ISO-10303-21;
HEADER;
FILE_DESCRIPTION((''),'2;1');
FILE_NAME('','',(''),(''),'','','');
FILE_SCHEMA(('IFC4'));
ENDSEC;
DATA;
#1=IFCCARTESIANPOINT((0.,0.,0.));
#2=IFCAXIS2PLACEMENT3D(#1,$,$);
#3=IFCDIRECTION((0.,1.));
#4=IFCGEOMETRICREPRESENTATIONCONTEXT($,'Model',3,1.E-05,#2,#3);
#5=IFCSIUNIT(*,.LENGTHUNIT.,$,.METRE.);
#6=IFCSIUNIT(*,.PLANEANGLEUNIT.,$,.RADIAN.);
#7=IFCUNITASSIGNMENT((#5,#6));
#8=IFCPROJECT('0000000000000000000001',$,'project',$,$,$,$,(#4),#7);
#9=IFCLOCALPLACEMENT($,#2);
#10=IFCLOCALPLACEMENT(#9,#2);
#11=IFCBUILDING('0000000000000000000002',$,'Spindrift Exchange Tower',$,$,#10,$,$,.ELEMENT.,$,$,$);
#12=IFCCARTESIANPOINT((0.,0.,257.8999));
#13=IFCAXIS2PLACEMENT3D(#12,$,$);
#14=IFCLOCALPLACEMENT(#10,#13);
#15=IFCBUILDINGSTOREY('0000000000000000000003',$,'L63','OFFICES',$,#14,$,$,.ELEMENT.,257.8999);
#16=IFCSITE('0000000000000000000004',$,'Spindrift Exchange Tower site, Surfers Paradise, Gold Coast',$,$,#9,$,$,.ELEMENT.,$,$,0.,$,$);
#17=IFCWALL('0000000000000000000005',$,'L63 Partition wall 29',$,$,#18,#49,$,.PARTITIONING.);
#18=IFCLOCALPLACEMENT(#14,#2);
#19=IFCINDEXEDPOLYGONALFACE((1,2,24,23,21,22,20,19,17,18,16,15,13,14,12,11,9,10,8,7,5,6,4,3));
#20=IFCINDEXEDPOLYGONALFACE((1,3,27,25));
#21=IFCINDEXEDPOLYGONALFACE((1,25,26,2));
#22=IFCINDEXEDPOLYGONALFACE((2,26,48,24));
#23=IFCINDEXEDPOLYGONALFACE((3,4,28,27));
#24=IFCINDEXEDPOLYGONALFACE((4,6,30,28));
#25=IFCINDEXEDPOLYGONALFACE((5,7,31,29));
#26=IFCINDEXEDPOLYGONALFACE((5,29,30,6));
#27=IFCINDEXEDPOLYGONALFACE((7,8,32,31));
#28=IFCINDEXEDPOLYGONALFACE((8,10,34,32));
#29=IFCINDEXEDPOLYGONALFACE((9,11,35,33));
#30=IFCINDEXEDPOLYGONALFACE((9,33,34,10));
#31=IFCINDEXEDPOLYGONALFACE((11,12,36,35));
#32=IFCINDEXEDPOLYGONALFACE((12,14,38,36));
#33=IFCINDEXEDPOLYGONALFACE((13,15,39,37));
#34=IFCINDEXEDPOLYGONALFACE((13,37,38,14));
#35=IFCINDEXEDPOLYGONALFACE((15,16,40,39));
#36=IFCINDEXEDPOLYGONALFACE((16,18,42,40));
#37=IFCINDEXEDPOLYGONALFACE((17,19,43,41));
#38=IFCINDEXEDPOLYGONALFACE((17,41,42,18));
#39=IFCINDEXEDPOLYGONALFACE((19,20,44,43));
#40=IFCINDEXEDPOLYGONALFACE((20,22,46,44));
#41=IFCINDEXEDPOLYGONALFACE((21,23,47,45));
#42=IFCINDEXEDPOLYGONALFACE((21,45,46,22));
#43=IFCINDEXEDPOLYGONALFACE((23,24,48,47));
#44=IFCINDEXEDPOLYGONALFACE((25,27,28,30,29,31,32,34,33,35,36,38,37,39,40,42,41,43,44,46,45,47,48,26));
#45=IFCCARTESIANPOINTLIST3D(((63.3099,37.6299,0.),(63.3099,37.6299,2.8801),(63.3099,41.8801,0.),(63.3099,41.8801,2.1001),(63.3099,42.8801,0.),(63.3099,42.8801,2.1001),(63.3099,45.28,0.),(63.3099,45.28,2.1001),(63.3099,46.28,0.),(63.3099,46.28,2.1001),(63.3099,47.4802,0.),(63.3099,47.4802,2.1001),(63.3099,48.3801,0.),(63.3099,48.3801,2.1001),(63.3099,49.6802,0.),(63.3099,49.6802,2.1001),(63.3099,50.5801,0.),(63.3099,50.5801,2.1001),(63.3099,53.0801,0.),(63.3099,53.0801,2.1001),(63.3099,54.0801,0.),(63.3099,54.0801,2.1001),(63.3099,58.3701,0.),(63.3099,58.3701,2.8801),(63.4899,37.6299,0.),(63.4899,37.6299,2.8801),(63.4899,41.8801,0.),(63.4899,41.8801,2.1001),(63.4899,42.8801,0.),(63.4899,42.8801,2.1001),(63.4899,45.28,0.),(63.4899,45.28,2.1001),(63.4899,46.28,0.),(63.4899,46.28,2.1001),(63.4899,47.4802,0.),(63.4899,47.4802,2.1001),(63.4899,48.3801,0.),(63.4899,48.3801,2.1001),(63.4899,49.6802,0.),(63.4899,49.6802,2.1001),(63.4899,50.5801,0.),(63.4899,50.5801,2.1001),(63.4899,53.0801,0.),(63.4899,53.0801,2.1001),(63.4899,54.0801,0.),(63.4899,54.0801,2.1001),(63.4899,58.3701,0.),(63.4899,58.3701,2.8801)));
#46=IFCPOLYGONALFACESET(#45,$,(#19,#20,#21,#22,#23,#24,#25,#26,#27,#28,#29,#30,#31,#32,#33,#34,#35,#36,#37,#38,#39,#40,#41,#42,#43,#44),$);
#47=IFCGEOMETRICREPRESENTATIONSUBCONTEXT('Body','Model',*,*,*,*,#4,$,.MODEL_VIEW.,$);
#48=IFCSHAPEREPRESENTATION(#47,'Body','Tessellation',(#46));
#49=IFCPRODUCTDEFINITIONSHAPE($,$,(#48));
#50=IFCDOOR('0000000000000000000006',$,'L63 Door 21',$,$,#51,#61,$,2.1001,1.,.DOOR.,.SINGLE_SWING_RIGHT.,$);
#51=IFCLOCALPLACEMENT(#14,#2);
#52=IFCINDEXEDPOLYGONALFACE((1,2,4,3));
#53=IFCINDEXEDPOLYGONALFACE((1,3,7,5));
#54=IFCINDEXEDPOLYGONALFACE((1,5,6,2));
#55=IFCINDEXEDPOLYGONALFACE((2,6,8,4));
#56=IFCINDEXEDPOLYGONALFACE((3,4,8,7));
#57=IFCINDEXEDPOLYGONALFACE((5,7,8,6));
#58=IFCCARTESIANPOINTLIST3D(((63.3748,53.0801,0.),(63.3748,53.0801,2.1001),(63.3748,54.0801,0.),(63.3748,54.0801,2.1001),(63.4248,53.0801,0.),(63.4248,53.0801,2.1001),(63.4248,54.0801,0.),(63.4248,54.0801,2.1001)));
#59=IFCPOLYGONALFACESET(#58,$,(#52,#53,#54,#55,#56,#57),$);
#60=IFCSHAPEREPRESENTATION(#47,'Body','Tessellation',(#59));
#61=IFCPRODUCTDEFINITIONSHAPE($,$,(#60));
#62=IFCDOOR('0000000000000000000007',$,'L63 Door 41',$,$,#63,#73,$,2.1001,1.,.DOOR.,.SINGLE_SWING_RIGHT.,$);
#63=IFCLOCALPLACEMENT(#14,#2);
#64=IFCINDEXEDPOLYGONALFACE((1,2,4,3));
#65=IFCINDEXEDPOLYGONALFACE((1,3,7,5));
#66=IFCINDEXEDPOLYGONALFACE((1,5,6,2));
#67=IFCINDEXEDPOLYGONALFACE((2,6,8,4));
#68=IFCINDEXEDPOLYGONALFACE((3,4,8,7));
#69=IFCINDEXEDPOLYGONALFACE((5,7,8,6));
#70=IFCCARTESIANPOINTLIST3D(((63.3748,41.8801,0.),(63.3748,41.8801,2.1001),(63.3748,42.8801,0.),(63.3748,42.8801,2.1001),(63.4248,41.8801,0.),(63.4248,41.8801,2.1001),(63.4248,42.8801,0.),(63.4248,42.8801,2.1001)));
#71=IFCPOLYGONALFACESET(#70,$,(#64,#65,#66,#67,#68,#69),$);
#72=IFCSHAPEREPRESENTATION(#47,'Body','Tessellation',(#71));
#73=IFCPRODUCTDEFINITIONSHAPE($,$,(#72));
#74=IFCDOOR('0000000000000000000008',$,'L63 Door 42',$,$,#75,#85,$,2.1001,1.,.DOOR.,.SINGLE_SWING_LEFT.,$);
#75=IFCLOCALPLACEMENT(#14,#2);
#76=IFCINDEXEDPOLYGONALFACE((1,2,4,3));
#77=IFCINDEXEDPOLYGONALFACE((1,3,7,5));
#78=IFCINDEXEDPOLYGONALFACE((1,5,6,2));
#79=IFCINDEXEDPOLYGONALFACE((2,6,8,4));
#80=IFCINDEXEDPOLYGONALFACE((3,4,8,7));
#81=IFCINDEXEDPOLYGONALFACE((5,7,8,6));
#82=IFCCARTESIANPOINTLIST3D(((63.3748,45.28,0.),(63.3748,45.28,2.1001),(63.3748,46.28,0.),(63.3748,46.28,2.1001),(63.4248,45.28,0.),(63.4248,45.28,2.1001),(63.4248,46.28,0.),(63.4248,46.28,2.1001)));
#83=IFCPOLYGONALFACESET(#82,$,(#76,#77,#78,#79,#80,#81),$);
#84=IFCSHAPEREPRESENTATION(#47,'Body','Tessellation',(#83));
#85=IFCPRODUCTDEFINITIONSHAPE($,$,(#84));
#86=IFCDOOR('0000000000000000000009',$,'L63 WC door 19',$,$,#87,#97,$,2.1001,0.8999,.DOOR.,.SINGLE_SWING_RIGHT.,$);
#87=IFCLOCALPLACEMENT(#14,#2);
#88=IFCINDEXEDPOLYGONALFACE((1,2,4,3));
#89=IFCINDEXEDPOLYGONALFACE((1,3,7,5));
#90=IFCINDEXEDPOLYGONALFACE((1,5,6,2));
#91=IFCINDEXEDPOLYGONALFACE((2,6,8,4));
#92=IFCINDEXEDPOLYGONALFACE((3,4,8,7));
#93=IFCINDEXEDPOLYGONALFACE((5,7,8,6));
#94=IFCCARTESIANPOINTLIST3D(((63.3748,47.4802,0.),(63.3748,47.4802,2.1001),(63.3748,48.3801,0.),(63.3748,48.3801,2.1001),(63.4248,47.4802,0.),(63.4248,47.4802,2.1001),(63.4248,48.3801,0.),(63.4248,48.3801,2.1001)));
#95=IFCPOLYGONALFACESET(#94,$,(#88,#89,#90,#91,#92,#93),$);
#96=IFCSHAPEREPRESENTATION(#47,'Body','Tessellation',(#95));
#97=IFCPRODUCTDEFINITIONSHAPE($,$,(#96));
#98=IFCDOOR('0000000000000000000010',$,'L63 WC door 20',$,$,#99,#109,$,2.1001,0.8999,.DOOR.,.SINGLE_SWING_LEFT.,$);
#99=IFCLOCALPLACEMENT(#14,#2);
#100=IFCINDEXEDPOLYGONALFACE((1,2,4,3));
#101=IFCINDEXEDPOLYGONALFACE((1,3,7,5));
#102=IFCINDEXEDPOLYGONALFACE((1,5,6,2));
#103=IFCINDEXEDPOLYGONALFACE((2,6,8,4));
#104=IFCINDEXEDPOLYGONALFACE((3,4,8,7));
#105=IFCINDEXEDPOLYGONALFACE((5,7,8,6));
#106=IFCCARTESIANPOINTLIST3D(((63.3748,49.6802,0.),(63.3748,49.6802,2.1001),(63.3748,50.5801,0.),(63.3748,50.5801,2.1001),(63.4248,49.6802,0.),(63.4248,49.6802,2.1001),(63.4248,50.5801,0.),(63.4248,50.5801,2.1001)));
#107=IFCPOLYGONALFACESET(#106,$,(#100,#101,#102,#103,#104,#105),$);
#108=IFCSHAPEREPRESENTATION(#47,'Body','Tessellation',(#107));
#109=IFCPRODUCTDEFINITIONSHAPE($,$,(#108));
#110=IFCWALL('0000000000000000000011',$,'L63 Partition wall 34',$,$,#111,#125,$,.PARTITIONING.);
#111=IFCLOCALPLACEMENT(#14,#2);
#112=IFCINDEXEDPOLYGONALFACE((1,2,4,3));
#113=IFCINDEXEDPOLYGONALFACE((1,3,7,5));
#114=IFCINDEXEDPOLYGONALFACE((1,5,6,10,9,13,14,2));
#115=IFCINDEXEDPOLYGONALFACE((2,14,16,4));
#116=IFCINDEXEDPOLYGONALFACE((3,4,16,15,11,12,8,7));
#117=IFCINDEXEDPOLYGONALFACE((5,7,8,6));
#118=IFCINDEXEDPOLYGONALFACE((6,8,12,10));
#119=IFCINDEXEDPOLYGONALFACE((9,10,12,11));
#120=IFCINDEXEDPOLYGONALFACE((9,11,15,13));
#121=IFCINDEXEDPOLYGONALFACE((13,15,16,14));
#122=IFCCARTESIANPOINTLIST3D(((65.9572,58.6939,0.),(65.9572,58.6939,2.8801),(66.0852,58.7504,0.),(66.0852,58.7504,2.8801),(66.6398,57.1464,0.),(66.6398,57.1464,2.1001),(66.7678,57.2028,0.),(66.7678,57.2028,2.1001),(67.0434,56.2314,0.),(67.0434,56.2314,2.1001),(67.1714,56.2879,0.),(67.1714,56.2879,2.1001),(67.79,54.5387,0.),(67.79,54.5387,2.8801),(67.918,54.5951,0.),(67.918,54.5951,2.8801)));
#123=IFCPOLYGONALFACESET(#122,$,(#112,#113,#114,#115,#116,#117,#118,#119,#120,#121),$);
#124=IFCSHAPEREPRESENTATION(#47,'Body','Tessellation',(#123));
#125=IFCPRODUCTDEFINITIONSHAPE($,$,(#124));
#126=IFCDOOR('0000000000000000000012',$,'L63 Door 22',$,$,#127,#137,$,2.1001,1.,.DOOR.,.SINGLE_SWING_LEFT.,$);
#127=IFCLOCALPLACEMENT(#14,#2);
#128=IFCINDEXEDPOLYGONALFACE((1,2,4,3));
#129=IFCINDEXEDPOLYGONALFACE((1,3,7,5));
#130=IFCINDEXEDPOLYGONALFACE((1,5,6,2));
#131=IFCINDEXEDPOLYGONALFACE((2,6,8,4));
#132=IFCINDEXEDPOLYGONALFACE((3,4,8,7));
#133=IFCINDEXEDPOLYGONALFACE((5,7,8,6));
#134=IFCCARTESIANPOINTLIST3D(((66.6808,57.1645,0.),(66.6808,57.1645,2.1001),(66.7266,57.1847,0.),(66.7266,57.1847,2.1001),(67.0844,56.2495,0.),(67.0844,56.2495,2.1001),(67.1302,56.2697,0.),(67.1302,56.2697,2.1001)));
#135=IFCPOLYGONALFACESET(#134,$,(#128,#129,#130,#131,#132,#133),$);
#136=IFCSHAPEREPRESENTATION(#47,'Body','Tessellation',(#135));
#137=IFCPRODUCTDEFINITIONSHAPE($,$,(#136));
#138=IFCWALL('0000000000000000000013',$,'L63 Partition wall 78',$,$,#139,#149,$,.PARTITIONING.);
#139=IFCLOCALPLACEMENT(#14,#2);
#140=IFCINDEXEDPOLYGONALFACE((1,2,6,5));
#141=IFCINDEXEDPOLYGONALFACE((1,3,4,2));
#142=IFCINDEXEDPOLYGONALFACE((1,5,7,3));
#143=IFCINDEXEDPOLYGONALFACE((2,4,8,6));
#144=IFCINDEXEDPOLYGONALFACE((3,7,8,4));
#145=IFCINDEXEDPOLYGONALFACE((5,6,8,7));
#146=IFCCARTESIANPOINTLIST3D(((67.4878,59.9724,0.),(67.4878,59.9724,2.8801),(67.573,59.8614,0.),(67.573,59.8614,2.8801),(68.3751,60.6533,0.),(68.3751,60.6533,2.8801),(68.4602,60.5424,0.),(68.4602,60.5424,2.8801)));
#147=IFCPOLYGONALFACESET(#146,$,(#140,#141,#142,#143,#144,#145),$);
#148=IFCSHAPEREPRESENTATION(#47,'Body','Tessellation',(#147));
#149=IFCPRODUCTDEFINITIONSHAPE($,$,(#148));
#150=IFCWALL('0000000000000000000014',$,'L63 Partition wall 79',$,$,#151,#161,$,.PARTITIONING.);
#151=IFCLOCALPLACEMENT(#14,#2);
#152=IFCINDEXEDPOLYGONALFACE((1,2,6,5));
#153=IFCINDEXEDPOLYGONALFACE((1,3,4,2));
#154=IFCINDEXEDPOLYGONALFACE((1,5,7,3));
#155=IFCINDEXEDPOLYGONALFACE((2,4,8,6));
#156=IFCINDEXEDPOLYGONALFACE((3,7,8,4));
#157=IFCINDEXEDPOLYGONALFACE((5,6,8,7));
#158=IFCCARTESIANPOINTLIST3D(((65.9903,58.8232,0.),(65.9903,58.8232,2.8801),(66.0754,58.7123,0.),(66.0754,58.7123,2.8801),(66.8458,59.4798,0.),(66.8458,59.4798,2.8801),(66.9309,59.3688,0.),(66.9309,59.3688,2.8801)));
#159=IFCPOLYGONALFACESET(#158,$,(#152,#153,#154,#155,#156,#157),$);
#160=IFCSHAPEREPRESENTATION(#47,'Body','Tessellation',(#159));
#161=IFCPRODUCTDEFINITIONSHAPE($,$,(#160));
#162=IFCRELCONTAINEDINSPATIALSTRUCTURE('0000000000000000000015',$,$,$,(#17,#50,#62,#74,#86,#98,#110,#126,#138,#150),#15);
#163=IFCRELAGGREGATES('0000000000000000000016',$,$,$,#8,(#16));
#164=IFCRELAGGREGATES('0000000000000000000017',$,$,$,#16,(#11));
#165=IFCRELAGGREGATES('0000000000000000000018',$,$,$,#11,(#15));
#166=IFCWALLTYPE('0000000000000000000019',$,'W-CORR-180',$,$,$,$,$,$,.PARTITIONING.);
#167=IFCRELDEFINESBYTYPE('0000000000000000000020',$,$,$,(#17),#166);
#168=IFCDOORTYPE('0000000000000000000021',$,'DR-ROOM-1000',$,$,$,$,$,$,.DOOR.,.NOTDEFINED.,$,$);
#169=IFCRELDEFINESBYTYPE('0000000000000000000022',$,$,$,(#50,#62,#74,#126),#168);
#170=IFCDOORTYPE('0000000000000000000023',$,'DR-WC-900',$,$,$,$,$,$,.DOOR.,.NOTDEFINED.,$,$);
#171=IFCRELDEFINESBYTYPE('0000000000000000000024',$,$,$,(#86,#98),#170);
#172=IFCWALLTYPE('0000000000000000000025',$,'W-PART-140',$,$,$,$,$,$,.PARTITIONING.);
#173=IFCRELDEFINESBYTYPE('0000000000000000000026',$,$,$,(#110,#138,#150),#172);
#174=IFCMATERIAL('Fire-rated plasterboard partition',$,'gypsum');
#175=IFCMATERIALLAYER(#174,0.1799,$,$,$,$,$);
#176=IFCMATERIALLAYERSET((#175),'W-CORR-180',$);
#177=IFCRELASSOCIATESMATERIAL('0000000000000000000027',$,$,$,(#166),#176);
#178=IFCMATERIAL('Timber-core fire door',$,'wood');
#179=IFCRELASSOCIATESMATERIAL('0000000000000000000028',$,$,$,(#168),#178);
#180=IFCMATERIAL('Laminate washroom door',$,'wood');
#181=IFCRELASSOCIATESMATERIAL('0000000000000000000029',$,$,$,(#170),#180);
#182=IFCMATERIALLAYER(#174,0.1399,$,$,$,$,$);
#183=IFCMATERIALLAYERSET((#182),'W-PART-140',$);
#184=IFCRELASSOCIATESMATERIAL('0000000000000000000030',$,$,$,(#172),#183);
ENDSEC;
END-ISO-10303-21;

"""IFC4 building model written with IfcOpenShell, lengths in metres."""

from ifc_helpers import new_model, si_unit, direction, frame, frame_2d, origin, place, context, subcontext, project, spatial, rectangle, extrude, source, transform, mapped, material, layer, layer_set, type_object, element, fill, save


model = new_model("IFC4")

# Units and contexts
model_context = context("Model", 3, precision=1e-05, world=origin(), true_north=direction((0.0, 1.0)))
body_context = subcontext(model_context, "Body", "Model", "MODEL_VIEW")
ifc_project = project(units=[si_unit("LENGTHUNIT", "METRE"), si_unit("PLANEANGLEUNIT", "RADIAN")], contexts=[model_context])

# Site, building, storey
site_placement = place(None, origin())
site = spatial("IfcSite", under=ifc_project, at=site_placement, Name="Spindrift Exchange Tower site, Surfers Paradise, Gold Coast", CompositionType="ELEMENT", RefElevation=0.0)
building_placement = place(site_placement, origin())
building = spatial("IfcBuilding", under=site, at=building_placement, Name="Spindrift Exchange Tower", CompositionType="ELEMENT")
storey_placement = place(building_placement, frame((0.0, 0.0, 257.8999)))
storey = spatial("IfcBuildingStorey", under=building, at=storey_placement, Name="L63", Description="OFFICES", CompositionType="ELEMENT", Elevation=257.8999)

# Wall, openings, doors
ifc_material_1 = material(Name="Fire-rated plasterboard partition", Category="gypsum")
ifc_layer_1 = layer(ifc_material_1, 0.1799)
ifc_layer_set_1 = layer_set([ifc_layer_1], Name="W-CORR-180")
wall_type_1 = type_object("IfcWallType", Name="W-CORR-180", PredefinedType="PARTITIONING", material=ifc_layer_set_1)
wall_1_placement = place(storey_placement, frame((63.3999, 58.3701, 0.0), z_axis=(0.0, 0.0, 1.0), x_axis=(0.0, -1.0, 0.0)))
wall_1 = element("IfcWall", 1, at=wall_1_placement, inside=storey, type_object=wall_type_1, Name="L63 Partition wall 29", PredefinedType="PARTITIONING", context=body_context, shape_type="SweptSolid", body=[
    extrude(rectangle(XDim=20.7402, YDim=0.1799, at=frame_2d((10.3701, 0.0))), origin(), (0.0, 0.0, 1.0), 2.8801),
])
opening_1_placement = place(wall_1_placement, frame((9.99, 0.0, 0.0)))
opening_1 = element("IfcOpeningElement", 2, at=opening_1_placement, cuts=wall_1, PredefinedType="OPENING", context=body_context, shape_type="SweptSolid", body=[
    extrude(rectangle(XDim=0.8999, YDim=2.1001, at=frame_2d((0.45, 1.05))), frame((0.0, 0.0999, 0.0), z_axis=(0.0, -1.0, 0.0), x_axis=(1.0, 0.0, 0.0)), (0.0, 0.0, 1.0), 0.2),
])
opening_2_placement = place(wall_1_placement, frame((7.79, 0.0, 0.0)))
opening_2 = element("IfcOpeningElement", 3, at=opening_2_placement, cuts=wall_1, PredefinedType="OPENING", context=body_context, shape_type="SweptSolid", body=[
    extrude(rectangle(XDim=0.8999, YDim=2.1001, at=frame_2d((0.45, 1.05))), frame((0.0, 0.0999, 0.0), z_axis=(0.0, -1.0, 0.0), x_axis=(1.0, 0.0, 0.0)), (0.0, 0.0, 1.0), 0.2),
])
opening_3_placement = place(wall_1_placement, frame((4.29, 0.0, 0.0)))
opening_3 = element("IfcOpeningElement", 4, at=opening_3_placement, cuts=wall_1, PredefinedType="OPENING", context=body_context, shape_type="SweptSolid", body=[
    extrude(rectangle(XDim=1.0, YDim=2.1001, at=frame_2d((0.5, 1.05))), frame((0.0, 0.0999, 0.0), z_axis=(0.0, -1.0, 0.0), x_axis=(1.0, 0.0, 0.0)), (0.0, 0.0, 1.0), 0.2),
])
opening_4_placement = place(wall_1_placement, frame((15.49, 0.0, 0.0)))
opening_4 = element("IfcOpeningElement", 5, at=opening_4_placement, cuts=wall_1, PredefinedType="OPENING", context=body_context, shape_type="SweptSolid", body=[
    extrude(rectangle(XDim=1.0, YDim=2.1001, at=frame_2d((0.5, 1.05))), frame((0.0, 0.0999, 0.0), z_axis=(0.0, -1.0, 0.0), x_axis=(1.0, 0.0, 0.0)), (0.0, 0.0, 1.0), 0.2),
])
opening_5_placement = place(wall_1_placement, frame((12.0901, 0.0, 0.0)))
opening_5 = element("IfcOpeningElement", 6, at=opening_5_placement, cuts=wall_1, PredefinedType="OPENING", context=body_context, shape_type="SweptSolid", body=[
    extrude(rectangle(XDim=1.0, YDim=2.1001, at=frame_2d((0.5, 1.05))), frame((0.0, 0.0999, 0.0), z_axis=(0.0, -1.0, 0.0), x_axis=(1.0, 0.0, 0.0)), (0.0, 0.0, 1.0), 0.2),
])
ifc_material_2 = material(Name="Timber-core fire door", Category="wood")
door_type_1 = type_object("IfcDoorType", Name="DR-ROOM-1000", OperationType="NOTDEFINED", PredefinedType="DOOR", material=ifc_material_2)
shared_shape_1 = source(origin(), body_context, "Body", "SweptSolid", [
    extrude(rectangle(XDim=1.0, YDim=2.1001, at=frame_2d((0.5, 1.05))), frame((0.0, 0.0249, 0.0), z_axis=(0.0, -1.0, 0.0), x_axis=(1.0, 0.0, 0.0)), (0.0, 0.0, 1.0), 0.05),
])
door_1_placement = place(opening_3_placement, origin())
door_1 = element("IfcDoor", 7, at=door_1_placement, inside=storey, type_object=door_type_1, Name="L63 Door 21", OperationType="SINGLE_SWING_RIGHT", OverallHeight=2.1001, OverallWidth=1.0, PredefinedType="DOOR", context=body_context, shape_type="MappedRepresentation", body=[
    mapped(shared_shape_1, transform((0.0, 0.0, 0.0), scale=1.0)),
])
fill(opening_3, door_1)
door_2_placement = place(opening_4_placement, origin())
door_2 = element("IfcDoor", 8, at=door_2_placement, inside=storey, type_object=door_type_1, Name="L63 Door 41", OperationType="SINGLE_SWING_RIGHT", OverallHeight=2.1001, OverallWidth=1.0, PredefinedType="DOOR", context=body_context, shape_type="MappedRepresentation", body=[
    mapped(shared_shape_1, transform((0.0, 0.0, 0.0), scale=1.0)),
])
fill(opening_4, door_2)
door_3_placement = place(opening_5_placement, origin())
door_3 = element("IfcDoor", 9, at=door_3_placement, inside=storey, type_object=door_type_1, Name="L63 Door 42", OperationType="SINGLE_SWING_LEFT", OverallHeight=2.1001, OverallWidth=1.0, PredefinedType="DOOR", context=body_context, shape_type="MappedRepresentation", body=[
    mapped(shared_shape_1, transform((0.0, 0.0, 0.0), scale=1.0)),
])
fill(opening_5, door_3)
ifc_material_3 = material(Name="Laminate washroom door", Category="wood")
door_type_2 = type_object("IfcDoorType", Name="DR-WC-900", OperationType="NOTDEFINED", PredefinedType="DOOR", material=ifc_material_3)
shared_shape_2 = source(origin(), body_context, "Body", "SweptSolid", [
    extrude(rectangle(XDim=0.8999, YDim=2.1001, at=frame_2d((0.45, 1.05))), frame((0.0, 0.0249, 0.0), z_axis=(0.0, -1.0, 0.0), x_axis=(1.0, 0.0, 0.0)), (0.0, 0.0, 1.0), 0.05),
])
door_4_placement = place(opening_1_placement, origin())
door_4 = element("IfcDoor", 10, at=door_4_placement, inside=storey, type_object=door_type_2, Name="L63 WC door 19", OperationType="SINGLE_SWING_RIGHT", OverallHeight=2.1001, OverallWidth=0.8999, PredefinedType="DOOR", context=body_context, shape_type="MappedRepresentation", body=[
    mapped(shared_shape_2, transform((0.0, 0.0, 0.0), scale=1.0)),
])
fill(opening_1, door_4)
door_5_placement = place(opening_2_placement, origin())
door_5 = element("IfcDoor", 11, at=door_5_placement, inside=storey, type_object=door_type_2, Name="L63 WC door 20", OperationType="SINGLE_SWING_LEFT", OverallHeight=2.1001, OverallWidth=0.8999, PredefinedType="DOOR", context=body_context, shape_type="MappedRepresentation", body=[
    mapped(shared_shape_2, transform((0.0, 0.0, 0.0), scale=1.0)),
])
fill(opening_2, door_5)

# Wall, opening, door
ifc_layer_2 = layer(ifc_material_1, 0.1399)
ifc_layer_set_2 = layer_set([ifc_layer_2], Name="W-PART-140")
wall_type_2 = type_object("IfcWallType", Name="W-PART-140", PredefinedType="PARTITIONING", material=ifc_layer_set_2)
wall_2_placement = place(storey_placement, frame((66.0212, 58.7222, 0.0), z_axis=(0.0, 0.0, 1.0), x_axis=(0.403558, -0.914954, 0.0)))
wall_2 = element("IfcWall", 12, at=wall_2_placement, inside=storey, type_object=wall_type_2, Name="L63 Partition wall 34", PredefinedType="PARTITIONING", context=body_context, shape_type="SweptSolid", body=[
    extrude(rectangle(XDim=4.5415, YDim=0.1399, at=frame_2d((2.2708, 0.0))), origin(), (0.0, 0.0, 1.0), 2.8801),
])
opening_6_placement = place(wall_2_placement, frame((1.6914, 0.0, 0.0)))
opening_6 = element("IfcOpeningElement", 13, at=opening_6_placement, cuts=wall_2, PredefinedType="OPENING", context=body_context, shape_type="SweptSolid", body=[
    extrude(rectangle(XDim=1.0, YDim=2.1001, at=frame_2d((0.5, 1.05))), frame((0.0, 0.0798, 0.0), z_axis=(0.0, -1.0, 0.0), x_axis=(1.0, 0.0, 0.0)), (0.0, 0.0, 1.0), 0.1599),
])
door_6_placement = place(opening_6_placement, origin())
door_6 = element("IfcDoor", 14, at=door_6_placement, inside=storey, type_object=door_type_1, Name="L63 Door 22", OperationType="SINGLE_SWING_LEFT", OverallHeight=2.1001, OverallWidth=1.0, PredefinedType="DOOR", context=body_context, shape_type="MappedRepresentation", body=[
    mapped(shared_shape_1, transform((0.0, 0.0, 0.0), scale=1.0)),
])
fill(opening_6, door_6)

# Walls
wall_3_placement = place(storey_placement, frame((67.5305, 59.917, 0.0), z_axis=(0.0, 0.0, 1.0), x_axis=(0.793297, 0.608835, 0.0)))
element("IfcWall", 15, at=wall_3_placement, inside=storey, type_object=wall_type_2, Name="L63 Partition wall 78", PredefinedType="PARTITIONING", context=body_context, shape_type="SweptSolid", body=[
    extrude(rectangle(XDim=1.1184, YDim=0.1399, at=frame_2d((0.5591, 0.0))), origin(), (0.0, 0.0, 1.0), 2.8801),
])
wall_4_placement = place(storey_placement, frame((66.033, 58.7678, 0.0), z_axis=(0.0, 0.0, 1.0), x_axis=(0.793322, 0.608802, 0.0)))
element("IfcWall", 16, at=wall_4_placement, inside=storey, type_object=wall_type_2, Name="L63 Partition wall 79", PredefinedType="PARTITIONING", context=body_context, shape_type="SweptSolid", body=[
    extrude(rectangle(XDim=1.0784, YDim=0.1399, at=frame_2d((0.5391, 0.0))), origin(), (0.0, 0.0, 1.0), 2.8801),
])

save(model, "model.ifc")
